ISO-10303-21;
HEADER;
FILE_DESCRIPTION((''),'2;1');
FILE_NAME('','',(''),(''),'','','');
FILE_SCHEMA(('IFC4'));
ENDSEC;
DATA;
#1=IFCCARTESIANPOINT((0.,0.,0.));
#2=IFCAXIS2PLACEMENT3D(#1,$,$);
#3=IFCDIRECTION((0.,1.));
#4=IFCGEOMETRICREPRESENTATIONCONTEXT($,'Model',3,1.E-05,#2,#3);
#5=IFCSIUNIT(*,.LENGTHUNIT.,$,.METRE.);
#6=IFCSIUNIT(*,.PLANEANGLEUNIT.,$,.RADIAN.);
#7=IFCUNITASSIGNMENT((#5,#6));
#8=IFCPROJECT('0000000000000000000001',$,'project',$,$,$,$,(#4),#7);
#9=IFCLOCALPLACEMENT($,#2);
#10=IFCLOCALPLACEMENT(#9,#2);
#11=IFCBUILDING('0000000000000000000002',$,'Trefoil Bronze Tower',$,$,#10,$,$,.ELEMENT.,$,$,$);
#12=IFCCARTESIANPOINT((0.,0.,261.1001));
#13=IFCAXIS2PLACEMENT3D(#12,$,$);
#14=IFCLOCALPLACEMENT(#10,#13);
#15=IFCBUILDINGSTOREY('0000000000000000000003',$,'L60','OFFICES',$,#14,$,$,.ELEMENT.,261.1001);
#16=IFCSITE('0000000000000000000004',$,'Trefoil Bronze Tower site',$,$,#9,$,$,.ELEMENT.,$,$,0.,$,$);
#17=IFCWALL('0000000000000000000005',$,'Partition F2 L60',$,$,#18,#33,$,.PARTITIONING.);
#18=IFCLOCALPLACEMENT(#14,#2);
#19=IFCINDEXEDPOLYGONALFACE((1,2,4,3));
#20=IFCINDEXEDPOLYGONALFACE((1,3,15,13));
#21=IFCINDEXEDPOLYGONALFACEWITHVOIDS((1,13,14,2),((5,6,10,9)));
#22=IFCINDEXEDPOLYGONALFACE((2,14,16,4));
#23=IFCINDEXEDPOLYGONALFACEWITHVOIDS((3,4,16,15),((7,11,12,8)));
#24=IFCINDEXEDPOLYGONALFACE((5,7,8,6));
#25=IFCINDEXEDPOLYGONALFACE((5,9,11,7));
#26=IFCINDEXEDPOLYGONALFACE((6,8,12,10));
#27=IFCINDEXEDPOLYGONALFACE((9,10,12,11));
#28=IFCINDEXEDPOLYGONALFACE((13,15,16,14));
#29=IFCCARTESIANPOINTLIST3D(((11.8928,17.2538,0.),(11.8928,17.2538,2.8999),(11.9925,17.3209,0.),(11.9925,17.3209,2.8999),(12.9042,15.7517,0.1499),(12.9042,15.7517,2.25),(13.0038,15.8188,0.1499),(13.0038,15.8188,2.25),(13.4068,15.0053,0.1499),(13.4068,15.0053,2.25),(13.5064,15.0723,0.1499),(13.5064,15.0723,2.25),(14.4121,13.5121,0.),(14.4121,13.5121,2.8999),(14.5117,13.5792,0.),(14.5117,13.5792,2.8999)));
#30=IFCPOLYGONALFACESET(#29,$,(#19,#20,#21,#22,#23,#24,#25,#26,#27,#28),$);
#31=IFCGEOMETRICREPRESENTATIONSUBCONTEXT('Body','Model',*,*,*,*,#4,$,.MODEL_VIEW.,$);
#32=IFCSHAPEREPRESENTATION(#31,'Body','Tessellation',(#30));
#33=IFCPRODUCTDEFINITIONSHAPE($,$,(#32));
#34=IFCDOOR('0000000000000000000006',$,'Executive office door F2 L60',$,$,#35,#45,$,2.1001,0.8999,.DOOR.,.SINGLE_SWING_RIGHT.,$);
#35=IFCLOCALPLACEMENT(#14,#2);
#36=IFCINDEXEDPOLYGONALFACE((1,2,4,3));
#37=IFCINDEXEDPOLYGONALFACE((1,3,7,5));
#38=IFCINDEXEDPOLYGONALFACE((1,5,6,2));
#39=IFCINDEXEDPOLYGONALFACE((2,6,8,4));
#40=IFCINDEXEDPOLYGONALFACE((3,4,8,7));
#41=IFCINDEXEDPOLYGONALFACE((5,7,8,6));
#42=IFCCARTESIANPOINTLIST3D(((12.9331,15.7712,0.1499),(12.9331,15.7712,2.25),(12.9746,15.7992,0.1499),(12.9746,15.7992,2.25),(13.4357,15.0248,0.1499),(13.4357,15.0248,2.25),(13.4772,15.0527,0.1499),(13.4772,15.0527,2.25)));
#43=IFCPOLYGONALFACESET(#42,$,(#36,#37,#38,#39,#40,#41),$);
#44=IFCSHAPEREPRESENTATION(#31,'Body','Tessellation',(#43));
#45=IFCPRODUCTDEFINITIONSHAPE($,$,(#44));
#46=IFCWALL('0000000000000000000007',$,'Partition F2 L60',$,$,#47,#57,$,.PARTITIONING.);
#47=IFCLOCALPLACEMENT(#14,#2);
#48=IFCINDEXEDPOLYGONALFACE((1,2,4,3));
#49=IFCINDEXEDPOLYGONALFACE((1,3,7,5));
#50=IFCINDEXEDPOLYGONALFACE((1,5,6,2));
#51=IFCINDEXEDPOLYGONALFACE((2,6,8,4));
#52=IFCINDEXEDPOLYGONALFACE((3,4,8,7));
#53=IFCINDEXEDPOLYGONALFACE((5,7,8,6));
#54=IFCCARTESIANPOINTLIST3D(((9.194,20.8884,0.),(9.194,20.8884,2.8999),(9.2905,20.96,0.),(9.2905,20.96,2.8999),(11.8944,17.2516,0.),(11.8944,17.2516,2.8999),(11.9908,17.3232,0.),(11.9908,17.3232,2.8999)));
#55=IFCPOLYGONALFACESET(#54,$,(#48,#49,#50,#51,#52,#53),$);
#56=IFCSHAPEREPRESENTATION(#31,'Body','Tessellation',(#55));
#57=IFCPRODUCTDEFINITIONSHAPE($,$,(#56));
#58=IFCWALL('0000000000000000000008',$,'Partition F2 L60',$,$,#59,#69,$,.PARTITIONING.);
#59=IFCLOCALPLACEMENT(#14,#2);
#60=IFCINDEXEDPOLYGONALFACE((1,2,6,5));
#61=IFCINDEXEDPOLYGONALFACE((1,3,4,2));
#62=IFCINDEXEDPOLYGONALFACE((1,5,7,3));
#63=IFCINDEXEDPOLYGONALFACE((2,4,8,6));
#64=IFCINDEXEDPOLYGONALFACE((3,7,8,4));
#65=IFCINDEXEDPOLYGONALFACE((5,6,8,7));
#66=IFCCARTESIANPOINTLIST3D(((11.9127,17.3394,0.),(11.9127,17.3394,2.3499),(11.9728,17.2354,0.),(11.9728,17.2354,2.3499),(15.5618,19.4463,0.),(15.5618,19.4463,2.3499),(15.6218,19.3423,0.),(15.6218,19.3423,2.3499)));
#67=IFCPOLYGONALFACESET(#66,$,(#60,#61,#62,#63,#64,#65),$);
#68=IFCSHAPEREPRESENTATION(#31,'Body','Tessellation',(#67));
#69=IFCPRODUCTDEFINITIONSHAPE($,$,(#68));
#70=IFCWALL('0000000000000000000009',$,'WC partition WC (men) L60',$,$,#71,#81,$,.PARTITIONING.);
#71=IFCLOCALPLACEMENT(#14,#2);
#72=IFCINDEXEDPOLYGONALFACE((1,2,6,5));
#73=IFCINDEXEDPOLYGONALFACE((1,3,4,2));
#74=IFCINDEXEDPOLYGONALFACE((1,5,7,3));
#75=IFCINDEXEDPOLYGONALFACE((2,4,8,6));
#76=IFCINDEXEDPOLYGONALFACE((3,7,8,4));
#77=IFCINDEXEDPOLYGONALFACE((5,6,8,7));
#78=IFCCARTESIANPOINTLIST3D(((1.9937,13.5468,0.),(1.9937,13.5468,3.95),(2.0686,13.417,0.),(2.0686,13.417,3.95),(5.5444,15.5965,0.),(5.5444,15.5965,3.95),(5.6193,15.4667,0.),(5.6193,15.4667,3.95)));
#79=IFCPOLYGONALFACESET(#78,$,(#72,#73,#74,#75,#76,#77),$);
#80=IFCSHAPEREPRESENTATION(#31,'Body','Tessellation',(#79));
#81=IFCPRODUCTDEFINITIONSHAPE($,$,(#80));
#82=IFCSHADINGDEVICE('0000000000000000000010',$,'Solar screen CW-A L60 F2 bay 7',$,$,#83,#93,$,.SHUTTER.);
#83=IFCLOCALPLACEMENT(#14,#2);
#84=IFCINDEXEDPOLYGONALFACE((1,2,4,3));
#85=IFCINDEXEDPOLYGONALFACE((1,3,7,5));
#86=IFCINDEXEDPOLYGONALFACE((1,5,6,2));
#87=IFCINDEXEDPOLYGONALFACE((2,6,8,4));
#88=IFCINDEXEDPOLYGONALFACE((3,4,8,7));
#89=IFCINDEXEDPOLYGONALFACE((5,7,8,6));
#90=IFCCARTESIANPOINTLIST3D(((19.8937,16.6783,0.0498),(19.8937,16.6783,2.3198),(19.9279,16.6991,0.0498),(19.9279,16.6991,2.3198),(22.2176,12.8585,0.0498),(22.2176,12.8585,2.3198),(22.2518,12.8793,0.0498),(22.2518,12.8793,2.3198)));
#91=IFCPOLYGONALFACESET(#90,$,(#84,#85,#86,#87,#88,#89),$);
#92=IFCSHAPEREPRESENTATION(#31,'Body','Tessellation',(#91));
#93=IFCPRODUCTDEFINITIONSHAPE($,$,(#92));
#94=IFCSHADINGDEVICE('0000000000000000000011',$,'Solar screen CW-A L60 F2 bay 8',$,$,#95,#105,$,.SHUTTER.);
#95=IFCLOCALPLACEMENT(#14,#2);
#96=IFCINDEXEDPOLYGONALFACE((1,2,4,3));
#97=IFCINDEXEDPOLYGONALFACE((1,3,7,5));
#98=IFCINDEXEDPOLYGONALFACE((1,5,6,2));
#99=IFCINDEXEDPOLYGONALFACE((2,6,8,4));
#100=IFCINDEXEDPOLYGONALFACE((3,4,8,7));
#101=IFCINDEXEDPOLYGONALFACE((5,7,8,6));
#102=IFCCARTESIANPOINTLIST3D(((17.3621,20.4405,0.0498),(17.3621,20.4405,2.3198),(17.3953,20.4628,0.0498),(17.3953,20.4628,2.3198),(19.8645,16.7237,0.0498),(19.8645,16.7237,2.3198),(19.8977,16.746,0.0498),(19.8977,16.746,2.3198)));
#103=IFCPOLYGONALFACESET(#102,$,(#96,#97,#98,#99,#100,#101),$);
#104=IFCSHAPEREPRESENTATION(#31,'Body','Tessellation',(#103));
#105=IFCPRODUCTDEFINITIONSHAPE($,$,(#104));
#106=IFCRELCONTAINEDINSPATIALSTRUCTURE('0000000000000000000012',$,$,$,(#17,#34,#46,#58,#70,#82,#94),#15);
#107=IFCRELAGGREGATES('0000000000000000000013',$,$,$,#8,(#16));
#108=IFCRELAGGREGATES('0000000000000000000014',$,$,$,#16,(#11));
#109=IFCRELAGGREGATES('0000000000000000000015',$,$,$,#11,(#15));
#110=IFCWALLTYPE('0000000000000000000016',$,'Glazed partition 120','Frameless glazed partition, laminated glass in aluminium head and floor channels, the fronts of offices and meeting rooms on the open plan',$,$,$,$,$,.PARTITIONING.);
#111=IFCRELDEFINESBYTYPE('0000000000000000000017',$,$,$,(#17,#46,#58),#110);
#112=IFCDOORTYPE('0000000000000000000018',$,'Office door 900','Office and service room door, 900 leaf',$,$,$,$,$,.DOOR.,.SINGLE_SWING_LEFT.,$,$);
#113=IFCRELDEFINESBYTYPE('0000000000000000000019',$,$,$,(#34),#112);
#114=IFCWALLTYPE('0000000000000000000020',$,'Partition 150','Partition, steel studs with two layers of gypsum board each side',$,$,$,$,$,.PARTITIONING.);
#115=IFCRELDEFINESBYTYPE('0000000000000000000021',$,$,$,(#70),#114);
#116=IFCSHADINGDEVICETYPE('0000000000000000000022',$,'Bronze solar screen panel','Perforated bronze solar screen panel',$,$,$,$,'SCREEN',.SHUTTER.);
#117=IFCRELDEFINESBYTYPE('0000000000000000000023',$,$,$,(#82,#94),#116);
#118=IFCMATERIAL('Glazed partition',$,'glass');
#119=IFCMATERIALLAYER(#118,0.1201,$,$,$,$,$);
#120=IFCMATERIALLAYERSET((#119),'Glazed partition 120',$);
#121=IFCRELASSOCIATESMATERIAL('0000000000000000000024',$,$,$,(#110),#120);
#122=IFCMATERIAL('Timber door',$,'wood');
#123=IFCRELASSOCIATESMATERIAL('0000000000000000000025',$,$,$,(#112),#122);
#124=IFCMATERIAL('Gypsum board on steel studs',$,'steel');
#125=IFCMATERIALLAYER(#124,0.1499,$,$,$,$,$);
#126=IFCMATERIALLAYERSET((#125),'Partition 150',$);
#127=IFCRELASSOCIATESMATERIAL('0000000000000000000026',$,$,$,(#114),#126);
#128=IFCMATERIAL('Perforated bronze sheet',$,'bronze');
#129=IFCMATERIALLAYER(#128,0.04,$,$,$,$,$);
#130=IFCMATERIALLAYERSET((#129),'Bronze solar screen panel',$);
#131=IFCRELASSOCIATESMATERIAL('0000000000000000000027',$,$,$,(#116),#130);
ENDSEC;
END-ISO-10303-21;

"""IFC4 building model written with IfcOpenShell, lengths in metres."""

from ifc_helpers import new_model, si_unit, direction, frame, frame_2d, origin, origin_2d, place, context, subcontext, project, spatial, rectangle, extrude, material, layer, layer_set, type_object, element, fill, save


model = new_model("IFC4")

# Units and contexts
model_context = context("Model", 3, precision=1e-05, world=origin(), true_north=direction((0.0, 1.0)))
body_context = subcontext(model_context, "Body", "Model", "MODEL_VIEW")
ifc_project = project(units=[si_unit("LENGTHUNIT", "METRE"), si_unit("PLANEANGLEUNIT", "RADIAN")], contexts=[model_context])

# Site, building, storey
site_placement = place(None, origin())
site = spatial("IfcSite", under=ifc_project, at=site_placement, Name="Trefoil Bronze Tower site", CompositionType="ELEMENT", RefElevation=0.0)
building_placement = place(site_placement, origin())
building = spatial("IfcBuilding", under=site, at=building_placement, Name="Trefoil Bronze Tower", CompositionType="ELEMENT")
storey_placement = place(building_placement, frame((0.0, 0.0, 261.1001)))
storey = spatial("IfcBuildingStorey", under=building, at=storey_placement, Name="L60", Description="OFFICES", CompositionType="ELEMENT", Elevation=261.1001)

# Shared definitions
ifc_material_1 = material(Name="Glazed partition", Category="glass")
ifc_layer_1 = layer(ifc_material_1, 0.1201)
ifc_layer_set_1 = layer_set([ifc_layer_1], Name="Glazed partition 120")
wall_type_1 = type_object("IfcWallType", Name="Glazed partition 120", Description="Frameless glazed partition, laminated glass in aluminium head and floor channels, the fronts of offices and meeting rooms on the open plan", PredefinedType="PARTITIONING", material=ifc_layer_set_1)

# Wall, opening, door
ifc_material_2 = material(Name="Timber door", Category="wood")
door_type_1 = type_object("IfcDoorType", Name="Office door 900", Description="Office and service room door, 900 leaf", OperationType="SINGLE_SWING_LEFT", PredefinedType="DOOR", material=ifc_material_2)
wall_1_placement = place(storey_placement, frame((14.4619, 13.5457, 0.0), z_axis=(0.0, 0.0, 1.0), x_axis=(-0.558504, 0.829502, 0.0)))
wall_1 = element("IfcWall", 1, at=wall_1_placement, inside=storey, type_object=wall_type_1, Name="Partition F2 L60", PredefinedType="PARTITIONING", context=body_context, shape_type="SweptSolid", body=[
    extrude(rectangle(XDim=4.5107, YDim=0.1201, at=frame_2d((2.2554, 0.0))), origin(), (0.0, 0.0, 1.0), 2.8999),
])
opening_1_placement = place(wall_1_placement, frame((1.8, 0.0, 0.1499)))
opening_1 = element("IfcOpeningElement", 2, at=opening_1_placement, cuts=wall_1, PredefinedType="OPENING", context=body_context, shape_type="SweptSolid", body=[
    extrude(rectangle(XDim=0.8999, YDim=2.1001, at=frame_2d((0.45, 1.05))), frame((0.0, 0.0701, 0.0), z_axis=(0.0, -1.0, 0.0), x_axis=(1.0, 0.0, 0.0)), (0.0, 0.0, 1.0), 0.1401),
])
door_1_placement = place(opening_1_placement, frame((0.8999, 0.0, 0.0), z_axis=(0.0, 0.0, 1.0), x_axis=(-1.0, 0.0, 0.0)))
door_1 = element("IfcDoor", 3, at=door_1_placement, inside=storey, type_object=door_type_1, Name="Executive office door F2 L60", OperationType="SINGLE_SWING_RIGHT", OverallHeight=2.1001, OverallWidth=0.8999, PredefinedType="DOOR", context=body_context, shape_type="SweptSolid", body=[
    extrude(rectangle(XDim=0.8999, YDim=2.1001, at=frame_2d((0.45, 1.05))), frame((0.0, 0.0249, 0.0), z_axis=(0.0, -1.0, 0.0), x_axis=(1.0, 0.0, 0.0)), (0.0, 0.0, 1.0), 0.05),
])
fill(opening_1, door_1)

# Walls
wall_2_placement = place(storey_placement, frame((11.9426, 17.2874, 0.0), z_axis=(0.0, 0.0, 1.0), x_axis=(-0.596138, 0.802882, 0.0)))
element("IfcWall", 4, at=wall_2_placement, inside=storey, type_object=wall_type_1, Name="Partition F2 L60", PredefinedType="PARTITIONING", context=body_context, shape_type="SweptSolid", body=[
    extrude(rectangle(XDim=4.5298, YDim=0.1201, at=frame_2d((2.2649, 0.0))), origin(), (0.0, 0.0, 1.0), 2.8999),
])
wall_3_placement = place(storey_placement, frame((11.9426, 17.2874, 0.0), z_axis=(0.0, 0.0, 1.0), x_axis=(0.866017, 0.500015, 0.0)))
element("IfcWall", 5, at=wall_3_placement, inside=storey, type_object=wall_type_1, Name="Partition F2 L60", PredefinedType="PARTITIONING", context=body_context, shape_type="SweptSolid", body=[
    extrude(rectangle(XDim=4.2136, YDim=0.1201, at=frame_2d((2.1069, 0.0))), origin(), (0.0, 0.0, 1.0), 2.3499),
])
ifc_material_3 = material(Name="Gypsum board on steel studs", Category="steel")
ifc_layer_2 = layer(ifc_material_3, 0.1499)
ifc_layer_set_2 = layer_set([ifc_layer_2], Name="Partition 150")
wall_type_2 = type_object("IfcWallType", Name="Partition 150", Description="Partition, steel studs with two layers of gypsum board each side", PredefinedType="PARTITIONING", material=ifc_layer_set_2)
wall_4_placement = place(storey_placement, frame((2.0312, 13.4819, 0.0), z_axis=(0.0, 0.0, 1.0), x_axis=(0.866051, 0.499956, 0.0)))
element("IfcWall", 6, at=wall_4_placement, inside=storey, type_object=wall_type_2, Name="WC partition WC (men) L60", PredefinedType="PARTITIONING", context=body_context, shape_type="SweptSolid", body=[
    extrude(rectangle(XDim=4.0999, YDim=0.1499, at=frame_2d((2.0498, 0.0))), origin(), (0.0, 0.0, 1.0), 3.95),
])

# Shading devices
ifc_material_4 = material(Name="Perforated bronze sheet", Category="bronze")
ifc_layer_3 = layer(ifc_material_4, 0.04)
ifc_layer_set_3 = layer_set([ifc_layer_3], Name="Bronze solar screen panel")
shading_device_type = type_object("IfcShadingDeviceType", Name="Bronze solar screen panel", Description="Perforated bronze solar screen panel", ElementType="SCREEN", PredefinedType="SHUTTER", material=ifc_layer_set_3)
shading_device_1_placement = place(storey_placement, frame((21.0728, 14.7788, 0.0498), z_axis=(0.0, 0.0, 1.0), x_axis=(-0.519762, 0.854311, 0.0)))
element("IfcShadingDevice", 7, at=shading_device_1_placement, inside=storey, type_object=shading_device_type, Name="Solar screen CW-A L60 F2 bay 7", PredefinedType="SHUTTER", context=body_context, shape_type="SweptSolid", body=[
    extrude(rectangle(XDim=4.4712, YDim=0.04, at=origin_2d()), origin(), (0.0, 0.0, 1.0), 2.27),
])
shading_device_2_placement = place(storey_placement, frame((18.6299, 18.5933, 0.0498), z_axis=(0.0, 0.0, 1.0), x_axis=(-0.558493, 0.829509, 0.0)))
element("IfcShadingDevice", 8, at=shading_device_2_placement, inside=storey, type_object=shading_device_type, Name="Solar screen CW-A L60 F2 bay 8", PredefinedType="SHUTTER", context=body_context, shape_type="SweptSolid", body=[
    extrude(rectangle(XDim=4.4807, YDim=0.04, at=origin_2d()), origin(), (0.0, 0.0, 1.0), 2.27),
])

save(model, "model.ifc")
